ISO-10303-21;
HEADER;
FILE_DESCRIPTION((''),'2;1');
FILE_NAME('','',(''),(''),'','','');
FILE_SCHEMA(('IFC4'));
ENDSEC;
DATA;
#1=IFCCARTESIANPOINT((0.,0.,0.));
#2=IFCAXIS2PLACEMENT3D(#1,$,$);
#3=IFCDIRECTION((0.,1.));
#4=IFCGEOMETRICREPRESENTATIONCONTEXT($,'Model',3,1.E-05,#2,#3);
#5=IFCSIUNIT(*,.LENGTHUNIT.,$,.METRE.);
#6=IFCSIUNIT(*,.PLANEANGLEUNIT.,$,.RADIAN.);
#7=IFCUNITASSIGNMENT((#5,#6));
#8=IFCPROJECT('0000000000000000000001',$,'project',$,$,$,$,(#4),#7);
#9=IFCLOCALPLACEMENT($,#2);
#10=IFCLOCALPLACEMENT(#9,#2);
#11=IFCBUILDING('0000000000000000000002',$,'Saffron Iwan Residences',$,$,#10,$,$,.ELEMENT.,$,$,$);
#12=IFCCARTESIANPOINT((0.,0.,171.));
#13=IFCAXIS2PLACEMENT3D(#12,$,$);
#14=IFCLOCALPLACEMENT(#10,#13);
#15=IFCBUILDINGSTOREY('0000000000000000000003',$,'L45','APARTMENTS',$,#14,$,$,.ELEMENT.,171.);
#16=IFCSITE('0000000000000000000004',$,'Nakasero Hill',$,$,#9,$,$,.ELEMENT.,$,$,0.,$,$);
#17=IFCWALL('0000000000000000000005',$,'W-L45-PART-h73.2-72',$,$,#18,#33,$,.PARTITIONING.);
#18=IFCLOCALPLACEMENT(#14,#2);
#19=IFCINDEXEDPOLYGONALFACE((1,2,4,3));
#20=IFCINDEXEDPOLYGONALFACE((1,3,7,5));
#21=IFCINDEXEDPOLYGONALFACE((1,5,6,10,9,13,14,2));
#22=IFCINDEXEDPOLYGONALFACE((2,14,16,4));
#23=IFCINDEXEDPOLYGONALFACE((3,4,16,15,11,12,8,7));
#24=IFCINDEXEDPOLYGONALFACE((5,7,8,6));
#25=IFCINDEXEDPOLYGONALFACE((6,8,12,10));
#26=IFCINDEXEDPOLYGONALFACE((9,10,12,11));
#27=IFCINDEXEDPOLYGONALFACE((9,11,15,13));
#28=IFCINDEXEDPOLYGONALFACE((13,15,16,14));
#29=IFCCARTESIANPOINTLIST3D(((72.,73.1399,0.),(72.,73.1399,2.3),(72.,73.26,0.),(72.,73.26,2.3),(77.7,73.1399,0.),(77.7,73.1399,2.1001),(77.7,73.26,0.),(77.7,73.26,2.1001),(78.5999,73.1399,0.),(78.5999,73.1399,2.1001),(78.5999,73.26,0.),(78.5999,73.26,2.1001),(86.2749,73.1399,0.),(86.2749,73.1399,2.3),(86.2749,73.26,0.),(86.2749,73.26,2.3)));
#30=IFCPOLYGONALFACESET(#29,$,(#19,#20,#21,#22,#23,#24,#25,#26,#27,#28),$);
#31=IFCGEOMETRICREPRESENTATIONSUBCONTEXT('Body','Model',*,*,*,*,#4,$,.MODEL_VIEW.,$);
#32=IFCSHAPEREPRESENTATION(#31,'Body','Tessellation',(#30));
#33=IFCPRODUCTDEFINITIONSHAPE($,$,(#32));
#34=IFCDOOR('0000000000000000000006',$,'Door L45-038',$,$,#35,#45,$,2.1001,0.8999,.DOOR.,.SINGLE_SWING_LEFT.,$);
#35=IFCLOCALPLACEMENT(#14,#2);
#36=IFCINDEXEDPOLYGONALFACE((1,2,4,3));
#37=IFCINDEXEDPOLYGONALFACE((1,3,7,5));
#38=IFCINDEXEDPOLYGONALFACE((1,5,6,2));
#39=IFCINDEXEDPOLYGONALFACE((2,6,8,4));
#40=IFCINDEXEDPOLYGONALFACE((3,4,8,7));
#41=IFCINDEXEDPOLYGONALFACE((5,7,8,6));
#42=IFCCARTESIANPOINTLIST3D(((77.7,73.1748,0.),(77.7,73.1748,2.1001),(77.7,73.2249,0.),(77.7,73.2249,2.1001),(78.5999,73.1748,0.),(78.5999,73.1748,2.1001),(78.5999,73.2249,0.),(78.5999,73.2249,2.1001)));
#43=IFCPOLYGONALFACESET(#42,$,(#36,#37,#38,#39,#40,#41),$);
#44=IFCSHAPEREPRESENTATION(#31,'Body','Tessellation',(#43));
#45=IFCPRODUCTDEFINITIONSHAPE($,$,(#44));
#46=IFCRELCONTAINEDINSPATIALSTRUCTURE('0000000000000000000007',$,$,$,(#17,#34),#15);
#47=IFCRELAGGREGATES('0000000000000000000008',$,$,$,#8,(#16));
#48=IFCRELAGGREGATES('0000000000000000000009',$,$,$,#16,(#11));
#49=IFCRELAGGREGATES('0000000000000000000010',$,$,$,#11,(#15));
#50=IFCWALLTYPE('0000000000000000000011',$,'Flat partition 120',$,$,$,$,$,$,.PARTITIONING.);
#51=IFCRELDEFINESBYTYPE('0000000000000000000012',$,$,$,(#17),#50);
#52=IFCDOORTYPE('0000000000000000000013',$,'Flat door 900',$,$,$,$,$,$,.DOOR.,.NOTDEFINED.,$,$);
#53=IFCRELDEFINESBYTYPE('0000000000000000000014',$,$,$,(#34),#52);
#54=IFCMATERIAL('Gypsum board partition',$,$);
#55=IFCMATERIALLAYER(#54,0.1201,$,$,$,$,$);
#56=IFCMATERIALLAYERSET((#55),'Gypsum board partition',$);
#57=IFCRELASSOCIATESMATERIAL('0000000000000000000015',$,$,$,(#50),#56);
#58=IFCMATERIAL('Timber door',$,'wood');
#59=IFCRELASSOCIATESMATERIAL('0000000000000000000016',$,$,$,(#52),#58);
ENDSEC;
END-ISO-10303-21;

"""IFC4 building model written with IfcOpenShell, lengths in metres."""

from ifc_helpers import new_model, si_unit, direction, frame, frame_2d, origin, place, context, subcontext, project, spatial, rectangle, extrude, material, layer, layer_set, type_object, element, fill, save


model = new_model("IFC4")

# Units and contexts
model_context = context("Model", 3, precision=1e-05, world=origin(), true_north=direction((0.0, 1.0)))
body_context = subcontext(model_context, "Body", "Model", "MODEL_VIEW")
ifc_project = project(units=[si_unit("LENGTHUNIT", "METRE"), si_unit("PLANEANGLEUNIT", "RADIAN")], contexts=[model_context])

# Site, building, storey
site_placement = place(None, origin())
site = spatial("IfcSite", under=ifc_project, at=site_placement, Name="Nakasero Hill", CompositionType="ELEMENT", RefElevation=0.0)
building_placement = place(site_placement, origin())
building = spatial("IfcBuilding", under=site, at=building_placement, Name="Saffron Iwan Residences", CompositionType="ELEMENT")
storey_placement = place(building_placement, frame((0.0, 0.0, 171.0)))
storey = spatial("IfcBuildingStorey", under=building, at=storey_placement, Name="L45", Description="APARTMENTS", CompositionType="ELEMENT", Elevation=171.0)

# Wall, opening, door
ifc_material_1 = material(Name="Gypsum board partition")
ifc_layer_1 = layer(ifc_material_1, 0.1201)
ifc_layer_set_1 = layer_set([ifc_layer_1], Name="Gypsum board partition")
wall_type_1 = type_object("IfcWallType", Name="Flat partition 120", PredefinedType="PARTITIONING", material=ifc_layer_set_1)
wall_1_placement = place(storey_placement, frame((72.0, 73.2, 0.0), z_axis=(0.0, 0.0, 1.0), x_axis=(1.0, 0.0, 0.0)))
wall_1 = element("IfcWall", 1, at=wall_1_placement, inside=storey, type_object=wall_type_1, Name="W-L45-PART-h73.2-72", PredefinedType="PARTITIONING", context=body_context, shape_type="SweptSolid", body=[
    extrude(rectangle(XDim=14.2749, YDim=0.1201, at=frame_2d((7.1375, 0.0))), origin(), (0.0, 0.0, 1.0), 2.3),
])
opening_1_placement = place(wall_1_placement, frame((5.7, 0.0, 0.0)))
opening_1 = element("IfcOpeningElement", 2, at=opening_1_placement, cuts=wall_1, PredefinedType="OPENING", context=body_context, shape_type="SweptSolid", body=[
    extrude(rectangle(XDim=0.8999, YDim=2.1001, at=frame_2d((0.45, 1.05))), frame((0.0, 0.0701, 0.0), z_axis=(0.0, -1.0, 0.0), x_axis=(1.0, 0.0, 0.0)), (0.0, 0.0, 1.0), 0.1401),
])
ifc_material_2 = material(Name="Timber door", Category="wood")
door_type_1 = type_object("IfcDoorType", Name="Flat door 900", OperationType="NOTDEFINED", PredefinedType="DOOR", material=ifc_material_2)
door_1_placement = place(opening_1_placement, origin())
door_1 = element("IfcDoor", 3, at=door_1_placement, inside=storey, type_object=door_type_1, Name="Door L45-038", OperationType="SINGLE_SWING_LEFT", OverallHeight=2.1001, OverallWidth=0.8999, PredefinedType="DOOR", context=body_context, shape_type="SweptSolid", body=[
    extrude(rectangle(XDim=0.8999, YDim=2.1001, at=frame_2d((0.45, 1.05))), frame((0.0, 0.0249, 0.0), z_axis=(0.0, -1.0, 0.0), x_axis=(1.0, 0.0, 0.0)), (0.0, 0.0, 1.0), 0.05),
])
fill(opening_1, door_1)

save(model, "model.ifc")
